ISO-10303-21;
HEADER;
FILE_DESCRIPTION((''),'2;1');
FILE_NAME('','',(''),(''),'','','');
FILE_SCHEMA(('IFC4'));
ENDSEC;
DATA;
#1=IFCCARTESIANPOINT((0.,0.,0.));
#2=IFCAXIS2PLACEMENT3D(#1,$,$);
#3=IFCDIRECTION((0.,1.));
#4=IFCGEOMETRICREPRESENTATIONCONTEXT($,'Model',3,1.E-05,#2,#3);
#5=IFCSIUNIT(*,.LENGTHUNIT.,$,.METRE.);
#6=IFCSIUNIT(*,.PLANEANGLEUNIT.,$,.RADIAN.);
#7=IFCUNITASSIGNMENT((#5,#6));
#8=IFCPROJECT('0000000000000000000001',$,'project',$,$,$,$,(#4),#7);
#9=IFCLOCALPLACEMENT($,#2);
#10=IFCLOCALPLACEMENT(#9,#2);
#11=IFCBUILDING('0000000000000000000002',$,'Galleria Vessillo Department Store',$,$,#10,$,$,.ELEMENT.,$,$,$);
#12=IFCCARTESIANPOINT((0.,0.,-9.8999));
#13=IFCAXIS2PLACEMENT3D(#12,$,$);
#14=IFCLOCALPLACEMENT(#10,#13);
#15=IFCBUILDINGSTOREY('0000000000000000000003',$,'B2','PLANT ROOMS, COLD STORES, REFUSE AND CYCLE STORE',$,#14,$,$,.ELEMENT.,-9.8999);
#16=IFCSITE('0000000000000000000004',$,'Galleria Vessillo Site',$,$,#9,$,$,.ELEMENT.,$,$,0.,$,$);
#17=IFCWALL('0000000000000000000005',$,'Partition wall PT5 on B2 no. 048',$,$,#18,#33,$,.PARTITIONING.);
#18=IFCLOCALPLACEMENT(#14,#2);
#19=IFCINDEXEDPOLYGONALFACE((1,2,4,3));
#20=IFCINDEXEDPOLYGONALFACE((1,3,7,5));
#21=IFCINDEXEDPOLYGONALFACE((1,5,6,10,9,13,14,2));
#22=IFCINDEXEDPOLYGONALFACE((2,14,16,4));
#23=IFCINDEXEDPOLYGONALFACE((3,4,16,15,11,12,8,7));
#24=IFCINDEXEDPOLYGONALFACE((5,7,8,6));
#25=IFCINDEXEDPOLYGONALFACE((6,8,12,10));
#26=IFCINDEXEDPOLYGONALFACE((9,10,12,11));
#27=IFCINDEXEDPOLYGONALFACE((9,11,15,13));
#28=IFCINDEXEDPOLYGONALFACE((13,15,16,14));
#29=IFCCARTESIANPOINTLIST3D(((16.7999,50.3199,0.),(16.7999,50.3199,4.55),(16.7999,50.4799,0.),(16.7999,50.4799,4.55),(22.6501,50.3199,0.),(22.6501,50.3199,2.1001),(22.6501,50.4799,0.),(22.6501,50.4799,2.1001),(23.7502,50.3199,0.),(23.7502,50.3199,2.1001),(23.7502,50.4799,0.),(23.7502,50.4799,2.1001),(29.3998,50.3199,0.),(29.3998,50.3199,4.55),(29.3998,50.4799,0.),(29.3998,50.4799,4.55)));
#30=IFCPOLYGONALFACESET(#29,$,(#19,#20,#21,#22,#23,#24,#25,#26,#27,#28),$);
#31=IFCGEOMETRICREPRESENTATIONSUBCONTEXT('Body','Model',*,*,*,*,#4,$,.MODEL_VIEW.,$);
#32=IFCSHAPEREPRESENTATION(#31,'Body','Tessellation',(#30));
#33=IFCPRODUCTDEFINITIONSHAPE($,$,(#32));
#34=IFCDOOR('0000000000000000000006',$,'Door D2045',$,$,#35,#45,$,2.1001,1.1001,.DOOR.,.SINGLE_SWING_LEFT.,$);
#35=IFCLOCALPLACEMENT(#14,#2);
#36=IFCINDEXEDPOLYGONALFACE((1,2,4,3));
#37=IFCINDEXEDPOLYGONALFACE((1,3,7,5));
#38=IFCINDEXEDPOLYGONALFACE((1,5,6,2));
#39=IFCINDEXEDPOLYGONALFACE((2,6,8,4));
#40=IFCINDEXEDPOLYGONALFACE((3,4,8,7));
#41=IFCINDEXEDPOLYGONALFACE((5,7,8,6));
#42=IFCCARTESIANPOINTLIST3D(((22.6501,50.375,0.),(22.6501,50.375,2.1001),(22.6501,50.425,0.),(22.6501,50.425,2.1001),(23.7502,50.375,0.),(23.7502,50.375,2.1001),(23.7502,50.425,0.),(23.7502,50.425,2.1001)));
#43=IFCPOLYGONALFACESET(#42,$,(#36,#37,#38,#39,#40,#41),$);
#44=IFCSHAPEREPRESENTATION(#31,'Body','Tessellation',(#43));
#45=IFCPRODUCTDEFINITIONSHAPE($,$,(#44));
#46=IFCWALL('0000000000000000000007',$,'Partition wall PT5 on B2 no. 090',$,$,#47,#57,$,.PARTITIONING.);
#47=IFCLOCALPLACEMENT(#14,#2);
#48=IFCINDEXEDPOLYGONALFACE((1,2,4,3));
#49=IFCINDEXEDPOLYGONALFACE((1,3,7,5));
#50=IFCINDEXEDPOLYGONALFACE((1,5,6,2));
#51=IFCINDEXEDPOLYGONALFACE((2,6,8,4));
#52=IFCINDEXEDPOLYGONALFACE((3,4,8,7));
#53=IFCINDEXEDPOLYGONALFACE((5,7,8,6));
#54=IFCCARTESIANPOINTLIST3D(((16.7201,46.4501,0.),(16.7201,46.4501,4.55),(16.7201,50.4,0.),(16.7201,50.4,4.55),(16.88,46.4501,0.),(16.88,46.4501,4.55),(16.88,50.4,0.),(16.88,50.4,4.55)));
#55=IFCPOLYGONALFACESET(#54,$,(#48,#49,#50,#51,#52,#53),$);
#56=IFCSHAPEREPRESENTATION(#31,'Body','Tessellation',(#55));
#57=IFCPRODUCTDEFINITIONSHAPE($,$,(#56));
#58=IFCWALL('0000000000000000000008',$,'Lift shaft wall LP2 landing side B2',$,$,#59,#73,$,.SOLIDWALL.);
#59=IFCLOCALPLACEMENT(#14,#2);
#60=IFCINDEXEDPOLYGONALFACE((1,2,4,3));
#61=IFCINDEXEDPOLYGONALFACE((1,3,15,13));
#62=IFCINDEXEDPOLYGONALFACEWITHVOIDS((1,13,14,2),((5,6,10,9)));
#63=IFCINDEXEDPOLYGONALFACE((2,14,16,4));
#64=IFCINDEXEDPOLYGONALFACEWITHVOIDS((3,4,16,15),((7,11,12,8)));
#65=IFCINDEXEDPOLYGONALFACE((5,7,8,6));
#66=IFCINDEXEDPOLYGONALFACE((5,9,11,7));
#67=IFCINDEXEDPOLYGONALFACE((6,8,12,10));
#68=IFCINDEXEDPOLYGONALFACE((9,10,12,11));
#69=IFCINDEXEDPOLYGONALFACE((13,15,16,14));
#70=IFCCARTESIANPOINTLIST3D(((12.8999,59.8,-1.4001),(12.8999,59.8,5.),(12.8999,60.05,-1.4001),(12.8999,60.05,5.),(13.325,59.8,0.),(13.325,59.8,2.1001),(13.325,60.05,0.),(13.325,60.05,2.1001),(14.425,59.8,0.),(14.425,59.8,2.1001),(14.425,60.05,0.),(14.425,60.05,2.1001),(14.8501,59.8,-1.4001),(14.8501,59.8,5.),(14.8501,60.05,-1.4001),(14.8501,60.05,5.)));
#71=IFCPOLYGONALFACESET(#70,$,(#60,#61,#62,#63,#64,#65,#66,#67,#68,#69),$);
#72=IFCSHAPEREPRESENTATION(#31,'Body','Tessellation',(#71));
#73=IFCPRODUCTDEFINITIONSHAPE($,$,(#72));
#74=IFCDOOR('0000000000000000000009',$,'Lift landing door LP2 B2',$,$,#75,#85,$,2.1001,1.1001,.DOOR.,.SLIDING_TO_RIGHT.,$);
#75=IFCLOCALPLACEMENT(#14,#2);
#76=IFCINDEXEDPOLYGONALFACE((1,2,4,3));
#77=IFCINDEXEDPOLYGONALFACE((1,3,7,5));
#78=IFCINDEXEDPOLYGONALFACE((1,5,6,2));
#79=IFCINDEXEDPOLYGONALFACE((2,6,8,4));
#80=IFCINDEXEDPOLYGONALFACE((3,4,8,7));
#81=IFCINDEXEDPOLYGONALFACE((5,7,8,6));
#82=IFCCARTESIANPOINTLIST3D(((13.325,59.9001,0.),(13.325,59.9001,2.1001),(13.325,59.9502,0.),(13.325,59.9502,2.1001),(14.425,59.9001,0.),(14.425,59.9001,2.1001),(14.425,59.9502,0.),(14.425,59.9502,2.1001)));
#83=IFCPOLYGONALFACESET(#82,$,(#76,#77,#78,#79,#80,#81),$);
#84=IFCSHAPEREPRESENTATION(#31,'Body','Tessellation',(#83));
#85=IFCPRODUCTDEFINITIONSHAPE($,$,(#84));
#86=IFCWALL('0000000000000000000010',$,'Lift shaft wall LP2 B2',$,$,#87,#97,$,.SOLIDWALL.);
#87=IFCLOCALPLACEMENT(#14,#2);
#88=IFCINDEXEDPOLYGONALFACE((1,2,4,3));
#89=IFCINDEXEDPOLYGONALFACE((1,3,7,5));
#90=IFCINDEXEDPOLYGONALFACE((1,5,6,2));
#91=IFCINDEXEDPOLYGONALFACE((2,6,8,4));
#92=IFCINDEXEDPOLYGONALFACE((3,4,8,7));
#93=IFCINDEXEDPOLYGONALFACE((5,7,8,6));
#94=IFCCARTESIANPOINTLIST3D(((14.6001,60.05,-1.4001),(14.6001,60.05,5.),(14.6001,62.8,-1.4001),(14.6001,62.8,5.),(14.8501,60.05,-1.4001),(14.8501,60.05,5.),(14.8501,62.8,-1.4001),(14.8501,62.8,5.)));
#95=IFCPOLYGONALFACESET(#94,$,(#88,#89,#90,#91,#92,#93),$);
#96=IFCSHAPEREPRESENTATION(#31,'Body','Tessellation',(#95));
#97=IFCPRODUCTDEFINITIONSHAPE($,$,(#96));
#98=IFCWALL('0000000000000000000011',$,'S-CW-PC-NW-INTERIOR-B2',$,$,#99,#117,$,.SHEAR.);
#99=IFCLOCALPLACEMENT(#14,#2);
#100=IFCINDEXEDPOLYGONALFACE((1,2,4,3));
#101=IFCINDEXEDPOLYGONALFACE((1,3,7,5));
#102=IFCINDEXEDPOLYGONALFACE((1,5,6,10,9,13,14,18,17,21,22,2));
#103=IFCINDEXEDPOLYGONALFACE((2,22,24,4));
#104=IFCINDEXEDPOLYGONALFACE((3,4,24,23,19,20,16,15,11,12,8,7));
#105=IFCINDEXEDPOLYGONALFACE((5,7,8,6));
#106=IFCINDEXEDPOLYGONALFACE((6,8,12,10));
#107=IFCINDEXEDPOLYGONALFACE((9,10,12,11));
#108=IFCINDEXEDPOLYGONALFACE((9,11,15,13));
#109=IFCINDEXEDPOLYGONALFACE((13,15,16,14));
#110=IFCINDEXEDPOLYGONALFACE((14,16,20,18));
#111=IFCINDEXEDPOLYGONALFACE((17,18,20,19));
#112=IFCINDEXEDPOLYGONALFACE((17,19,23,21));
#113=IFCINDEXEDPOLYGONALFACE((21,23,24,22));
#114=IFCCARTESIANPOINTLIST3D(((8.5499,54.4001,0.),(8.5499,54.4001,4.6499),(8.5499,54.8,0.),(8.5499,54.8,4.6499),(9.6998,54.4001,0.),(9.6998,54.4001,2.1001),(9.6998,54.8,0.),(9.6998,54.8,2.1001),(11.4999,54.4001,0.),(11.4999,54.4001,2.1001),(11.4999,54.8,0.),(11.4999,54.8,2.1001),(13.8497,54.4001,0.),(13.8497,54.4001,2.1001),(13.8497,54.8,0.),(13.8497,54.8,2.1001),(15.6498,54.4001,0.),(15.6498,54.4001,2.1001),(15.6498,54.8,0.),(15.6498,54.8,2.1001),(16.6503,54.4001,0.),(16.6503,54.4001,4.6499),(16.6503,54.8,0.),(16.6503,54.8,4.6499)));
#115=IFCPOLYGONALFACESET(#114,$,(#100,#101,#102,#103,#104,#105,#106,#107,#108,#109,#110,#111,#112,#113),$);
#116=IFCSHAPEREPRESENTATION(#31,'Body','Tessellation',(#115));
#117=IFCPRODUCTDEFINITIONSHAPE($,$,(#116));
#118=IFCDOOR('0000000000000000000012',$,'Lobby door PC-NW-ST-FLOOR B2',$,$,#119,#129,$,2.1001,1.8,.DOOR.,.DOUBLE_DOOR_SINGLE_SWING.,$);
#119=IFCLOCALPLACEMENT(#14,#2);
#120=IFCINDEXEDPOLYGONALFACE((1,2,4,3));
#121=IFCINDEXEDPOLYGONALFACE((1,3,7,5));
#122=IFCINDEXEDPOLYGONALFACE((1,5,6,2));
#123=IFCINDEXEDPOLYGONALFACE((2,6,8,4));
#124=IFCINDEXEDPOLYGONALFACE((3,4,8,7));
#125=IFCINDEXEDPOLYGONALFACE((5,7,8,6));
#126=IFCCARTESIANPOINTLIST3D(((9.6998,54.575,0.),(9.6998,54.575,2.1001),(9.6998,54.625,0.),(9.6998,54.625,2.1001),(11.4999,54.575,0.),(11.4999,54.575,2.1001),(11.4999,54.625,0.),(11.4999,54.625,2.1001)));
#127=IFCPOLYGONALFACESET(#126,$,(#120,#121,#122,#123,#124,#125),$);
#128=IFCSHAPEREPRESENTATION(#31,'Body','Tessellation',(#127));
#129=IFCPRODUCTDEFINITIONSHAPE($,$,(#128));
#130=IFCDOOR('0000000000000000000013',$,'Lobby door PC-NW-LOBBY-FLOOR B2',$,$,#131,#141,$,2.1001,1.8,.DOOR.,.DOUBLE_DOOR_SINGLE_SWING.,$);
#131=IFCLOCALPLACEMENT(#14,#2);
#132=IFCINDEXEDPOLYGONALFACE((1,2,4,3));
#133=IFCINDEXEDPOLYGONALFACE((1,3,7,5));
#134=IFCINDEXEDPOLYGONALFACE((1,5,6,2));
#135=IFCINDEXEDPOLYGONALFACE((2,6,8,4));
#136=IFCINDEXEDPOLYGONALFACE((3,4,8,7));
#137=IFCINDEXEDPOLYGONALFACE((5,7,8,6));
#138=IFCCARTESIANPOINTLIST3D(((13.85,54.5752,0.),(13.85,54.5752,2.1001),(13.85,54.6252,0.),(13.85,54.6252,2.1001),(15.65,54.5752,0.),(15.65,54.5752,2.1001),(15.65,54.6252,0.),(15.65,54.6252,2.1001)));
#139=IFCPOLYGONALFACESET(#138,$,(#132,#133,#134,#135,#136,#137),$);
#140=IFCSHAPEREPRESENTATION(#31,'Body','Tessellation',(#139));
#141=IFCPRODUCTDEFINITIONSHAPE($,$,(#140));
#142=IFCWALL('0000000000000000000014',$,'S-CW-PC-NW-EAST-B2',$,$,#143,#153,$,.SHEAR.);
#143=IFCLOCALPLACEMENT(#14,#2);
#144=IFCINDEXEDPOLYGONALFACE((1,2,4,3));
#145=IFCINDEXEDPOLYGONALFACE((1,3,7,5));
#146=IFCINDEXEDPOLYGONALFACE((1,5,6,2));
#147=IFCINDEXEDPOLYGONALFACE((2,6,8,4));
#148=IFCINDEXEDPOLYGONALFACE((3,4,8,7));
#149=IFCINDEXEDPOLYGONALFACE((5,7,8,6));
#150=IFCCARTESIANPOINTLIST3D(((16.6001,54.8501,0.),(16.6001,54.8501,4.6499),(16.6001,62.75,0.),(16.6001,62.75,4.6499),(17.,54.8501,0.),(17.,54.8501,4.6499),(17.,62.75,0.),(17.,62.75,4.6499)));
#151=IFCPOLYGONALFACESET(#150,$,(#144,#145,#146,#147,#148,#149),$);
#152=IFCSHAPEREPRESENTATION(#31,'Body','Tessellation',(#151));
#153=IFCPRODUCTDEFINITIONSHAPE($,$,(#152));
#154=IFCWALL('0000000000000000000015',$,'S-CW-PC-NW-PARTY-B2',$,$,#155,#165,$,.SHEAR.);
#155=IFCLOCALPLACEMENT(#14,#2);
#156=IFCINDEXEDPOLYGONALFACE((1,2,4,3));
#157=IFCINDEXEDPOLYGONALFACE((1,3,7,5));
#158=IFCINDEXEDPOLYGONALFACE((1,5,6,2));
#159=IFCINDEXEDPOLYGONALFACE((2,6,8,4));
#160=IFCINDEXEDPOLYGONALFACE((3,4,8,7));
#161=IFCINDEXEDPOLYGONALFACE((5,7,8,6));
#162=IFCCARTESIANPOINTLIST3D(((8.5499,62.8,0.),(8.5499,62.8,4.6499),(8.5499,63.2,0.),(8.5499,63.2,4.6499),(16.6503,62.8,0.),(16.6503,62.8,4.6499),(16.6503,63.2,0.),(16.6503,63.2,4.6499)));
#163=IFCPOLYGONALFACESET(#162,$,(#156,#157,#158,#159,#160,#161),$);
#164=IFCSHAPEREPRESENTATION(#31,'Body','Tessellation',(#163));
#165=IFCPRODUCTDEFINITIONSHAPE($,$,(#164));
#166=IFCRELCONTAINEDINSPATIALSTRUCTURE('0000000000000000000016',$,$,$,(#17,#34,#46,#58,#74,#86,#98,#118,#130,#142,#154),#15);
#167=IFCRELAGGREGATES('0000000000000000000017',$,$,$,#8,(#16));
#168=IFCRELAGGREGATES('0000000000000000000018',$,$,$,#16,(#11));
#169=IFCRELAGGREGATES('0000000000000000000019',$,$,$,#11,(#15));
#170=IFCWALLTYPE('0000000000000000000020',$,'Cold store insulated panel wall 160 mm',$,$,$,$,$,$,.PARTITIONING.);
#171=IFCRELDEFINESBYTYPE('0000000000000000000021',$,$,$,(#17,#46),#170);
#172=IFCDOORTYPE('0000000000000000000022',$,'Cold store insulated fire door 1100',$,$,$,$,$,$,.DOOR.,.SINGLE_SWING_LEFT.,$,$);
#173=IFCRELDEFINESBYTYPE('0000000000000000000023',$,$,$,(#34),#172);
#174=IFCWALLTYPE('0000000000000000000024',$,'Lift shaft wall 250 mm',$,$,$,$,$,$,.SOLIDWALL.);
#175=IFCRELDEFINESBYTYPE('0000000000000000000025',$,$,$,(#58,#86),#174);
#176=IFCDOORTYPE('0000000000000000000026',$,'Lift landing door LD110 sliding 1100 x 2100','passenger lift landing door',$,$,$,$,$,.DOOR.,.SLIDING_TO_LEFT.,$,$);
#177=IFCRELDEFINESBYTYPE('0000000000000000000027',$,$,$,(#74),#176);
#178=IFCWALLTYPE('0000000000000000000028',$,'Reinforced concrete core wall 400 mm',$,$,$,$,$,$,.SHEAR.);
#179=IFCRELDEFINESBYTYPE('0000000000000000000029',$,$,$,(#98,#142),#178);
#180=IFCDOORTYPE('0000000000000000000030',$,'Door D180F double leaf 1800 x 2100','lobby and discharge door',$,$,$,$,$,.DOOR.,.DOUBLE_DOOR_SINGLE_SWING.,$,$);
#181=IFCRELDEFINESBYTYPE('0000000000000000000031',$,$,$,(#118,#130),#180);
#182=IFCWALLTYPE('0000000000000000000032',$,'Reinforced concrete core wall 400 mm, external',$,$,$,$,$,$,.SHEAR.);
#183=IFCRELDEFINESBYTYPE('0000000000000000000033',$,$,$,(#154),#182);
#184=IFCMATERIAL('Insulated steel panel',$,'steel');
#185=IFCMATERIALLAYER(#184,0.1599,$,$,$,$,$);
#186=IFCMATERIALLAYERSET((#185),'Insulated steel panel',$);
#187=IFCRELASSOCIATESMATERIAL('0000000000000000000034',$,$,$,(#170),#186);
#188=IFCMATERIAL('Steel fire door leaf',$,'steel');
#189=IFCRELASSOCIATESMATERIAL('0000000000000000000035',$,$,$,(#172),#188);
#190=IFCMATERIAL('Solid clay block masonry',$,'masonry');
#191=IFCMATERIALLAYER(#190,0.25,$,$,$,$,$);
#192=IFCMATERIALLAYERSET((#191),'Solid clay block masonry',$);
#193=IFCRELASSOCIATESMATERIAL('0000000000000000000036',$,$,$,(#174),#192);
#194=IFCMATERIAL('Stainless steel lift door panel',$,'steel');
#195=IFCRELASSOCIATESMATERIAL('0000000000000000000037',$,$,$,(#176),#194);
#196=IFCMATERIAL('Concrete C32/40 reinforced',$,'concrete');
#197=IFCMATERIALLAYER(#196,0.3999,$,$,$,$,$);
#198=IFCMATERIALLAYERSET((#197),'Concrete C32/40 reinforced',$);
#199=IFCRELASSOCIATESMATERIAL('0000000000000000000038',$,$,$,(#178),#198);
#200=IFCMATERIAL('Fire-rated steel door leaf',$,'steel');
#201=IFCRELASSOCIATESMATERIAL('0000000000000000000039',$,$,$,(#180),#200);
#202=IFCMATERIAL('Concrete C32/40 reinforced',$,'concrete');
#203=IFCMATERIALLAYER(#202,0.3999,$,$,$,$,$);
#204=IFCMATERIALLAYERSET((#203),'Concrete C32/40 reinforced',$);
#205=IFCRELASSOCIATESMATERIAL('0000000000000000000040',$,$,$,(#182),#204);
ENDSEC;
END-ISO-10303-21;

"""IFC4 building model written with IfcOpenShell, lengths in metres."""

from ifc_helpers import new_model, si_unit, direction, frame, frame_2d, origin, place, context, subcontext, project, spatial, rectangle, extrude, material, layer, layer_set, type_object, element, fill, save


model = new_model("IFC4")

# Units and contexts
model_context = context("Model", 3, precision=1e-05, world=origin(), true_north=direction((0.0, 1.0)))
body_context = subcontext(model_context, "Body", "Model", "MODEL_VIEW")
ifc_project = project(units=[si_unit("LENGTHUNIT", "METRE"), si_unit("PLANEANGLEUNIT", "RADIAN")], contexts=[model_context])

# Site, building, storey
site_placement = place(None, origin())
site = spatial("IfcSite", under=ifc_project, at=site_placement, Name="Galleria Vessillo Site", CompositionType="ELEMENT", RefElevation=0.0)
building_placement = place(site_placement, origin())
building = spatial("IfcBuilding", under=site, at=building_placement, Name="Galleria Vessillo Department Store", CompositionType="ELEMENT")
storey_placement = place(building_placement, frame((0.0, 0.0, -9.8999)))
storey = spatial("IfcBuildingStorey", under=building, at=storey_placement, Name="B2", Description="PLANT ROOMS, COLD STORES, REFUSE AND CYCLE STORE", CompositionType="ELEMENT", Elevation=-9.8999)

# Wall, opening, door
ifc_material_1 = material(Name="Insulated steel panel", Category="steel")
ifc_layer_1 = layer(ifc_material_1, 0.1599)
ifc_layer_set_1 = layer_set([ifc_layer_1], Name="Insulated steel panel")
wall_type_1 = type_object("IfcWallType", Name="Cold store insulated panel wall 160 mm", PredefinedType="PARTITIONING", material=ifc_layer_set_1)
wall_1_placement = place(storey_placement, frame((16.8, 50.3999, 0.0), z_axis=(0.0, 0.0, 1.0), x_axis=(1.0, 0.0, 0.0)))
wall_1 = element("IfcWall", 1, at=wall_1_placement, inside=storey, type_object=wall_type_1, Name="Partition wall PT5 on B2 no. 048", PredefinedType="PARTITIONING", context=body_context, shape_type="SweptSolid", body=[
    extrude(rectangle(XDim=12.5999, YDim=0.1599, at=frame_2d((6.2998, 0.0))), origin(), (0.0, 0.0, 1.0), 4.55),
])
opening_1_placement = place(wall_1_placement, frame((5.8501, 0.0, 0.0)))
opening_1 = element("IfcOpeningElement", 2, at=opening_1_placement, cuts=wall_1, PredefinedType="OPENING", context=body_context, shape_type="SweptSolid", body=[
    extrude(rectangle(XDim=1.1001, YDim=2.1001, at=frame_2d((0.55, 1.05))), frame((0.0, 0.0898, 0.0), z_axis=(0.0, -1.0, 0.0), x_axis=(1.0, 0.0, 0.0)), (0.0, 0.0, 1.0), 0.1799),
])
ifc_material_2 = material(Name="Steel fire door leaf", Category="steel")
door_type_1 = type_object("IfcDoorType", Name="Cold store insulated fire door 1100", OperationType="SINGLE_SWING_LEFT", PredefinedType="DOOR", material=ifc_material_2)
door_1_placement = place(opening_1_placement, frame((1.1001, 0.0, 0.0), z_axis=(0.0, 0.0, 1.0), x_axis=(-1.0, 0.0, 0.0)))
door_1 = element("IfcDoor", 3, at=door_1_placement, inside=storey, type_object=door_type_1, Name="Door D2045", OperationType="SINGLE_SWING_LEFT", OverallHeight=2.1001, OverallWidth=1.1001, PredefinedType="DOOR", context=body_context, shape_type="SweptSolid", body=[
    extrude(rectangle(XDim=1.1001, YDim=2.1001, at=frame_2d((0.55, 1.05))), frame((0.0, 0.0249, 0.0), z_axis=(0.0, -1.0, 0.0), x_axis=(1.0, 0.0, 0.0)), (0.0, 0.0, 1.0), 0.05),
])
fill(opening_1, door_1)

# Wall
wall_2_placement = place(storey_placement, frame((16.8, 46.45, 0.0), z_axis=(0.0, 0.0, 1.0), x_axis=(0.0, 1.0, 0.0)))
element("IfcWall", 4, at=wall_2_placement, inside=storey, type_object=wall_type_1, Name="Partition wall PT5 on B2 no. 090", PredefinedType="PARTITIONING", context=body_context, shape_type="SweptSolid", body=[
    extrude(rectangle(XDim=3.95, YDim=0.1599, at=frame_2d((1.9751, 0.0))), origin(), (0.0, 0.0, 1.0), 4.55),
])

# Wall, opening, door
ifc_material_3 = material(Name="Solid clay block masonry", Category="masonry")
ifc_layer_2 = layer(ifc_material_3, 0.25)
ifc_layer_set_2 = layer_set([ifc_layer_2], Name="Solid clay block masonry")
wall_type_2 = type_object("IfcWallType", Name="Lift shaft wall 250 mm", PredefinedType="SOLIDWALL", material=ifc_layer_set_2)
wall_3_placement = place(storey_placement, frame((12.8999, 59.925, -1.4001), z_axis=(0.0, 0.0, 1.0), x_axis=(1.0, 0.0, 0.0)))
wall_3 = element("IfcWall", 5, at=wall_3_placement, inside=storey, type_object=wall_type_2, Name="Lift shaft wall LP2 landing side B2", PredefinedType="SOLIDWALL", context=body_context, shape_type="SweptSolid", body=[
    extrude(rectangle(XDim=1.9502, YDim=0.25, at=frame_2d((0.9751, 0.0))), origin(), (0.0, 0.0, 1.0), 6.4001),
])
opening_2_placement = place(wall_3_placement, frame((0.425, 0.0, 1.4001)))
opening_2 = element("IfcOpeningElement", 6, at=opening_2_placement, cuts=wall_3, PredefinedType="OPENING", context=body_context, shape_type="SweptSolid", body=[
    extrude(rectangle(XDim=1.1001, YDim=2.1001, at=frame_2d((0.55, 1.05))), frame((0.0, 0.135, 0.0), z_axis=(0.0, -1.0, 0.0), x_axis=(1.0, 0.0, 0.0)), (0.0, 0.0, 1.0), 0.27),
])
ifc_material_4 = material(Name="Stainless steel lift door panel", Category="steel")
door_type_2 = type_object("IfcDoorType", Name="Lift landing door LD110 sliding 1100 x 2100", Description="passenger lift landing door", OperationType="SLIDING_TO_LEFT", PredefinedType="DOOR", material=ifc_material_4)
door_2_placement = place(opening_2_placement, frame((1.1001, 0.0, 0.0), z_axis=(0.0, 0.0, 1.0), x_axis=(-1.0, 0.0, 0.0)))
door_2 = element("IfcDoor", 7, at=door_2_placement, inside=storey, type_object=door_type_2, Name="Lift landing door LP2 B2", OperationType="SLIDING_TO_RIGHT", OverallHeight=2.1001, OverallWidth=1.1001, PredefinedType="DOOR", context=body_context, shape_type="SweptSolid", body=[
    extrude(rectangle(XDim=1.1001, YDim=2.1001, at=frame_2d((0.55, 1.05))), frame((0.0, 0.0249, 0.0), z_axis=(0.0, -1.0, 0.0), x_axis=(1.0, 0.0, 0.0)), (0.0, 0.0, 1.0), 0.05),
])
fill(opening_2, door_2)

# Wall
wall_4_placement = place(storey_placement, frame((14.7251, 62.8, -1.4001), z_axis=(0.0, 0.0, 1.0), x_axis=(0.0, -1.0, 0.0)))
element("IfcWall", 8, at=wall_4_placement, inside=storey, type_object=wall_type_2, Name="Lift shaft wall LP2 B2", PredefinedType="SOLIDWALL", context=body_context, shape_type="SweptSolid", body=[
    extrude(rectangle(XDim=2.75, YDim=0.25, at=frame_2d((1.375, 0.0))), origin(), (0.0, 0.0, 1.0), 6.4001),
])

# Wall, openings, doors
ifc_material_5 = material(Name="Concrete C32/40 reinforced", Category="concrete")
ifc_layer_3 = layer(ifc_material_5, 0.3999)
ifc_layer_set_3 = layer_set([ifc_layer_3], Name="Concrete C32/40 reinforced")
wall_type_3 = type_object("IfcWallType", Name="Reinforced concrete core wall 400 mm", PredefinedType="SHEAR", material=ifc_layer_set_3)
wall_5_placement = place(storey_placement, frame((8.5498, 54.6001, 0.0), z_axis=(0.0, 0.0, 1.0), x_axis=(1.0, 0.0, 0.0)))
wall_5 = element("IfcWall", 9, at=wall_5_placement, inside=storey, type_object=wall_type_3, Name="S-CW-PC-NW-INTERIOR-B2", PredefinedType="SHEAR", context=body_context, shape_type="SweptSolid", body=[
    extrude(rectangle(XDim=8.1003, YDim=0.3999, at=frame_2d((4.0503, 0.0))), origin(), (0.0, 0.0, 1.0), 4.6499),
])
opening_3_placement = place(wall_5_placement, frame((1.1501, 0.0, 0.0)))
opening_3 = element("IfcOpeningElement", 10, at=opening_3_placement, cuts=wall_5, PredefinedType="OPENING", context=body_context, shape_type="SweptSolid", body=[
    extrude(rectangle(XDim=1.8, YDim=2.1001, at=frame_2d((0.8999, 1.05))), frame((0.0, 0.21, 0.0), z_axis=(0.0, -1.0, 0.0), x_axis=(1.0, 0.0, 0.0)), (0.0, 0.0, 1.0), 0.4199),
])
opening_4_placement = place(wall_5_placement, frame((5.3, 0.0, 0.0)))
opening_4 = element("IfcOpeningElement", 11, at=opening_4_placement, cuts=wall_5, PredefinedType="OPENING", context=body_context, shape_type="SweptSolid", body=[
    extrude(rectangle(XDim=1.8, YDim=2.1001, at=frame_2d((0.8999, 1.05))), frame((0.0, 0.21, 0.0), z_axis=(0.0, -1.0, 0.0), x_axis=(1.0, 0.0, 0.0)), (0.0, 0.0, 1.0), 0.4199),
])
ifc_material_6 = material(Name="Fire-rated steel door leaf", Category="steel")
door_type_3 = type_object("IfcDoorType", Name="Door D180F double leaf 1800 x 2100", Description="lobby and discharge door", OperationType="DOUBLE_DOOR_SINGLE_SWING", PredefinedType="DOOR", material=ifc_material_6)
door_3_placement = place(opening_3_placement, origin())
door_3 = element("IfcDoor", 12, at=door_3_placement, inside=storey, type_object=door_type_3, Name="Lobby door PC-NW-ST-FLOOR B2", OperationType="DOUBLE_DOOR_SINGLE_SWING", OverallHeight=2.1001, OverallWidth=1.8, PredefinedType="DOOR", context=body_context, shape_type="SweptSolid", body=[
    extrude(rectangle(XDim=1.8, YDim=2.1001, at=frame_2d((0.8999, 1.05))), frame((0.0, 0.0249, 0.0), z_axis=(0.0, -1.0, 0.0), x_axis=(1.0, 0.0, 0.0)), (0.0, 0.0, 1.0), 0.05),
])
fill(opening_3, door_3)
door_4_placement = place(opening_4_placement, frame((1.8, 0.0, 0.0), z_axis=(0.0, 0.0, 1.0), x_axis=(-1.0, 0.0, 0.0)))
door_4 = element("IfcDoor", 13, at=door_4_placement, inside=storey, type_object=door_type_3, Name="Lobby door PC-NW-LOBBY-FLOOR B2", OperationType="DOUBLE_DOOR_SINGLE_SWING", OverallHeight=2.1001, OverallWidth=1.8, PredefinedType="DOOR", context=body_context, shape_type="SweptSolid", body=[
    extrude(rectangle(XDim=1.8, YDim=2.1001, at=frame_2d((0.8999, 1.05))), frame((0.0, 0.0249, 0.0), z_axis=(0.0, -1.0, 0.0), x_axis=(1.0, 0.0, 0.0)), (0.0, 0.0, 1.0), 0.05),
])
fill(opening_4, door_4)

# Walls
wall_6_placement = place(storey_placement, frame((16.8, 54.8501, 0.0), z_axis=(0.0, 0.0, 1.0), x_axis=(0.0, 1.0, 0.0)))
element("IfcWall", 14, at=wall_6_placement, inside=storey, type_object=wall_type_3, Name="S-CW-PC-NW-EAST-B2", PredefinedType="SHEAR", context=body_context, shape_type="SweptSolid", body=[
    extrude(rectangle(XDim=7.8999, YDim=0.3999, at=frame_2d((3.95, 0.0))), origin(), (0.0, 0.0, 1.0), 4.6499),
])
ifc_material_7 = material(Name="Concrete C32/40 reinforced", Category="concrete")
ifc_layer_4 = layer(ifc_material_7, 0.3999)
ifc_layer_set_4 = layer_set([ifc_layer_4], Name="Concrete C32/40 reinforced")
wall_type_4 = type_object("IfcWallType", Name="Reinforced concrete core wall 400 mm, external", PredefinedType="SHEAR", material=ifc_layer_set_4)
wall_7_placement = place(storey_placement, frame((8.5498, 63.0, 0.0), z_axis=(0.0, 0.0, 1.0), x_axis=(1.0, 0.0, 0.0)))
element("IfcWall", 15, at=wall_7_placement, inside=storey, type_object=wall_type_4, Name="S-CW-PC-NW-PARTY-B2", PredefinedType="SHEAR", context=body_context, shape_type="SweptSolid", body=[
    extrude(rectangle(XDim=8.1003, YDim=0.3999, at=frame_2d((4.0503, 0.0))), origin(), (0.0, 0.0, 1.0), 4.6499),
])

save(model, "model.ifc")
